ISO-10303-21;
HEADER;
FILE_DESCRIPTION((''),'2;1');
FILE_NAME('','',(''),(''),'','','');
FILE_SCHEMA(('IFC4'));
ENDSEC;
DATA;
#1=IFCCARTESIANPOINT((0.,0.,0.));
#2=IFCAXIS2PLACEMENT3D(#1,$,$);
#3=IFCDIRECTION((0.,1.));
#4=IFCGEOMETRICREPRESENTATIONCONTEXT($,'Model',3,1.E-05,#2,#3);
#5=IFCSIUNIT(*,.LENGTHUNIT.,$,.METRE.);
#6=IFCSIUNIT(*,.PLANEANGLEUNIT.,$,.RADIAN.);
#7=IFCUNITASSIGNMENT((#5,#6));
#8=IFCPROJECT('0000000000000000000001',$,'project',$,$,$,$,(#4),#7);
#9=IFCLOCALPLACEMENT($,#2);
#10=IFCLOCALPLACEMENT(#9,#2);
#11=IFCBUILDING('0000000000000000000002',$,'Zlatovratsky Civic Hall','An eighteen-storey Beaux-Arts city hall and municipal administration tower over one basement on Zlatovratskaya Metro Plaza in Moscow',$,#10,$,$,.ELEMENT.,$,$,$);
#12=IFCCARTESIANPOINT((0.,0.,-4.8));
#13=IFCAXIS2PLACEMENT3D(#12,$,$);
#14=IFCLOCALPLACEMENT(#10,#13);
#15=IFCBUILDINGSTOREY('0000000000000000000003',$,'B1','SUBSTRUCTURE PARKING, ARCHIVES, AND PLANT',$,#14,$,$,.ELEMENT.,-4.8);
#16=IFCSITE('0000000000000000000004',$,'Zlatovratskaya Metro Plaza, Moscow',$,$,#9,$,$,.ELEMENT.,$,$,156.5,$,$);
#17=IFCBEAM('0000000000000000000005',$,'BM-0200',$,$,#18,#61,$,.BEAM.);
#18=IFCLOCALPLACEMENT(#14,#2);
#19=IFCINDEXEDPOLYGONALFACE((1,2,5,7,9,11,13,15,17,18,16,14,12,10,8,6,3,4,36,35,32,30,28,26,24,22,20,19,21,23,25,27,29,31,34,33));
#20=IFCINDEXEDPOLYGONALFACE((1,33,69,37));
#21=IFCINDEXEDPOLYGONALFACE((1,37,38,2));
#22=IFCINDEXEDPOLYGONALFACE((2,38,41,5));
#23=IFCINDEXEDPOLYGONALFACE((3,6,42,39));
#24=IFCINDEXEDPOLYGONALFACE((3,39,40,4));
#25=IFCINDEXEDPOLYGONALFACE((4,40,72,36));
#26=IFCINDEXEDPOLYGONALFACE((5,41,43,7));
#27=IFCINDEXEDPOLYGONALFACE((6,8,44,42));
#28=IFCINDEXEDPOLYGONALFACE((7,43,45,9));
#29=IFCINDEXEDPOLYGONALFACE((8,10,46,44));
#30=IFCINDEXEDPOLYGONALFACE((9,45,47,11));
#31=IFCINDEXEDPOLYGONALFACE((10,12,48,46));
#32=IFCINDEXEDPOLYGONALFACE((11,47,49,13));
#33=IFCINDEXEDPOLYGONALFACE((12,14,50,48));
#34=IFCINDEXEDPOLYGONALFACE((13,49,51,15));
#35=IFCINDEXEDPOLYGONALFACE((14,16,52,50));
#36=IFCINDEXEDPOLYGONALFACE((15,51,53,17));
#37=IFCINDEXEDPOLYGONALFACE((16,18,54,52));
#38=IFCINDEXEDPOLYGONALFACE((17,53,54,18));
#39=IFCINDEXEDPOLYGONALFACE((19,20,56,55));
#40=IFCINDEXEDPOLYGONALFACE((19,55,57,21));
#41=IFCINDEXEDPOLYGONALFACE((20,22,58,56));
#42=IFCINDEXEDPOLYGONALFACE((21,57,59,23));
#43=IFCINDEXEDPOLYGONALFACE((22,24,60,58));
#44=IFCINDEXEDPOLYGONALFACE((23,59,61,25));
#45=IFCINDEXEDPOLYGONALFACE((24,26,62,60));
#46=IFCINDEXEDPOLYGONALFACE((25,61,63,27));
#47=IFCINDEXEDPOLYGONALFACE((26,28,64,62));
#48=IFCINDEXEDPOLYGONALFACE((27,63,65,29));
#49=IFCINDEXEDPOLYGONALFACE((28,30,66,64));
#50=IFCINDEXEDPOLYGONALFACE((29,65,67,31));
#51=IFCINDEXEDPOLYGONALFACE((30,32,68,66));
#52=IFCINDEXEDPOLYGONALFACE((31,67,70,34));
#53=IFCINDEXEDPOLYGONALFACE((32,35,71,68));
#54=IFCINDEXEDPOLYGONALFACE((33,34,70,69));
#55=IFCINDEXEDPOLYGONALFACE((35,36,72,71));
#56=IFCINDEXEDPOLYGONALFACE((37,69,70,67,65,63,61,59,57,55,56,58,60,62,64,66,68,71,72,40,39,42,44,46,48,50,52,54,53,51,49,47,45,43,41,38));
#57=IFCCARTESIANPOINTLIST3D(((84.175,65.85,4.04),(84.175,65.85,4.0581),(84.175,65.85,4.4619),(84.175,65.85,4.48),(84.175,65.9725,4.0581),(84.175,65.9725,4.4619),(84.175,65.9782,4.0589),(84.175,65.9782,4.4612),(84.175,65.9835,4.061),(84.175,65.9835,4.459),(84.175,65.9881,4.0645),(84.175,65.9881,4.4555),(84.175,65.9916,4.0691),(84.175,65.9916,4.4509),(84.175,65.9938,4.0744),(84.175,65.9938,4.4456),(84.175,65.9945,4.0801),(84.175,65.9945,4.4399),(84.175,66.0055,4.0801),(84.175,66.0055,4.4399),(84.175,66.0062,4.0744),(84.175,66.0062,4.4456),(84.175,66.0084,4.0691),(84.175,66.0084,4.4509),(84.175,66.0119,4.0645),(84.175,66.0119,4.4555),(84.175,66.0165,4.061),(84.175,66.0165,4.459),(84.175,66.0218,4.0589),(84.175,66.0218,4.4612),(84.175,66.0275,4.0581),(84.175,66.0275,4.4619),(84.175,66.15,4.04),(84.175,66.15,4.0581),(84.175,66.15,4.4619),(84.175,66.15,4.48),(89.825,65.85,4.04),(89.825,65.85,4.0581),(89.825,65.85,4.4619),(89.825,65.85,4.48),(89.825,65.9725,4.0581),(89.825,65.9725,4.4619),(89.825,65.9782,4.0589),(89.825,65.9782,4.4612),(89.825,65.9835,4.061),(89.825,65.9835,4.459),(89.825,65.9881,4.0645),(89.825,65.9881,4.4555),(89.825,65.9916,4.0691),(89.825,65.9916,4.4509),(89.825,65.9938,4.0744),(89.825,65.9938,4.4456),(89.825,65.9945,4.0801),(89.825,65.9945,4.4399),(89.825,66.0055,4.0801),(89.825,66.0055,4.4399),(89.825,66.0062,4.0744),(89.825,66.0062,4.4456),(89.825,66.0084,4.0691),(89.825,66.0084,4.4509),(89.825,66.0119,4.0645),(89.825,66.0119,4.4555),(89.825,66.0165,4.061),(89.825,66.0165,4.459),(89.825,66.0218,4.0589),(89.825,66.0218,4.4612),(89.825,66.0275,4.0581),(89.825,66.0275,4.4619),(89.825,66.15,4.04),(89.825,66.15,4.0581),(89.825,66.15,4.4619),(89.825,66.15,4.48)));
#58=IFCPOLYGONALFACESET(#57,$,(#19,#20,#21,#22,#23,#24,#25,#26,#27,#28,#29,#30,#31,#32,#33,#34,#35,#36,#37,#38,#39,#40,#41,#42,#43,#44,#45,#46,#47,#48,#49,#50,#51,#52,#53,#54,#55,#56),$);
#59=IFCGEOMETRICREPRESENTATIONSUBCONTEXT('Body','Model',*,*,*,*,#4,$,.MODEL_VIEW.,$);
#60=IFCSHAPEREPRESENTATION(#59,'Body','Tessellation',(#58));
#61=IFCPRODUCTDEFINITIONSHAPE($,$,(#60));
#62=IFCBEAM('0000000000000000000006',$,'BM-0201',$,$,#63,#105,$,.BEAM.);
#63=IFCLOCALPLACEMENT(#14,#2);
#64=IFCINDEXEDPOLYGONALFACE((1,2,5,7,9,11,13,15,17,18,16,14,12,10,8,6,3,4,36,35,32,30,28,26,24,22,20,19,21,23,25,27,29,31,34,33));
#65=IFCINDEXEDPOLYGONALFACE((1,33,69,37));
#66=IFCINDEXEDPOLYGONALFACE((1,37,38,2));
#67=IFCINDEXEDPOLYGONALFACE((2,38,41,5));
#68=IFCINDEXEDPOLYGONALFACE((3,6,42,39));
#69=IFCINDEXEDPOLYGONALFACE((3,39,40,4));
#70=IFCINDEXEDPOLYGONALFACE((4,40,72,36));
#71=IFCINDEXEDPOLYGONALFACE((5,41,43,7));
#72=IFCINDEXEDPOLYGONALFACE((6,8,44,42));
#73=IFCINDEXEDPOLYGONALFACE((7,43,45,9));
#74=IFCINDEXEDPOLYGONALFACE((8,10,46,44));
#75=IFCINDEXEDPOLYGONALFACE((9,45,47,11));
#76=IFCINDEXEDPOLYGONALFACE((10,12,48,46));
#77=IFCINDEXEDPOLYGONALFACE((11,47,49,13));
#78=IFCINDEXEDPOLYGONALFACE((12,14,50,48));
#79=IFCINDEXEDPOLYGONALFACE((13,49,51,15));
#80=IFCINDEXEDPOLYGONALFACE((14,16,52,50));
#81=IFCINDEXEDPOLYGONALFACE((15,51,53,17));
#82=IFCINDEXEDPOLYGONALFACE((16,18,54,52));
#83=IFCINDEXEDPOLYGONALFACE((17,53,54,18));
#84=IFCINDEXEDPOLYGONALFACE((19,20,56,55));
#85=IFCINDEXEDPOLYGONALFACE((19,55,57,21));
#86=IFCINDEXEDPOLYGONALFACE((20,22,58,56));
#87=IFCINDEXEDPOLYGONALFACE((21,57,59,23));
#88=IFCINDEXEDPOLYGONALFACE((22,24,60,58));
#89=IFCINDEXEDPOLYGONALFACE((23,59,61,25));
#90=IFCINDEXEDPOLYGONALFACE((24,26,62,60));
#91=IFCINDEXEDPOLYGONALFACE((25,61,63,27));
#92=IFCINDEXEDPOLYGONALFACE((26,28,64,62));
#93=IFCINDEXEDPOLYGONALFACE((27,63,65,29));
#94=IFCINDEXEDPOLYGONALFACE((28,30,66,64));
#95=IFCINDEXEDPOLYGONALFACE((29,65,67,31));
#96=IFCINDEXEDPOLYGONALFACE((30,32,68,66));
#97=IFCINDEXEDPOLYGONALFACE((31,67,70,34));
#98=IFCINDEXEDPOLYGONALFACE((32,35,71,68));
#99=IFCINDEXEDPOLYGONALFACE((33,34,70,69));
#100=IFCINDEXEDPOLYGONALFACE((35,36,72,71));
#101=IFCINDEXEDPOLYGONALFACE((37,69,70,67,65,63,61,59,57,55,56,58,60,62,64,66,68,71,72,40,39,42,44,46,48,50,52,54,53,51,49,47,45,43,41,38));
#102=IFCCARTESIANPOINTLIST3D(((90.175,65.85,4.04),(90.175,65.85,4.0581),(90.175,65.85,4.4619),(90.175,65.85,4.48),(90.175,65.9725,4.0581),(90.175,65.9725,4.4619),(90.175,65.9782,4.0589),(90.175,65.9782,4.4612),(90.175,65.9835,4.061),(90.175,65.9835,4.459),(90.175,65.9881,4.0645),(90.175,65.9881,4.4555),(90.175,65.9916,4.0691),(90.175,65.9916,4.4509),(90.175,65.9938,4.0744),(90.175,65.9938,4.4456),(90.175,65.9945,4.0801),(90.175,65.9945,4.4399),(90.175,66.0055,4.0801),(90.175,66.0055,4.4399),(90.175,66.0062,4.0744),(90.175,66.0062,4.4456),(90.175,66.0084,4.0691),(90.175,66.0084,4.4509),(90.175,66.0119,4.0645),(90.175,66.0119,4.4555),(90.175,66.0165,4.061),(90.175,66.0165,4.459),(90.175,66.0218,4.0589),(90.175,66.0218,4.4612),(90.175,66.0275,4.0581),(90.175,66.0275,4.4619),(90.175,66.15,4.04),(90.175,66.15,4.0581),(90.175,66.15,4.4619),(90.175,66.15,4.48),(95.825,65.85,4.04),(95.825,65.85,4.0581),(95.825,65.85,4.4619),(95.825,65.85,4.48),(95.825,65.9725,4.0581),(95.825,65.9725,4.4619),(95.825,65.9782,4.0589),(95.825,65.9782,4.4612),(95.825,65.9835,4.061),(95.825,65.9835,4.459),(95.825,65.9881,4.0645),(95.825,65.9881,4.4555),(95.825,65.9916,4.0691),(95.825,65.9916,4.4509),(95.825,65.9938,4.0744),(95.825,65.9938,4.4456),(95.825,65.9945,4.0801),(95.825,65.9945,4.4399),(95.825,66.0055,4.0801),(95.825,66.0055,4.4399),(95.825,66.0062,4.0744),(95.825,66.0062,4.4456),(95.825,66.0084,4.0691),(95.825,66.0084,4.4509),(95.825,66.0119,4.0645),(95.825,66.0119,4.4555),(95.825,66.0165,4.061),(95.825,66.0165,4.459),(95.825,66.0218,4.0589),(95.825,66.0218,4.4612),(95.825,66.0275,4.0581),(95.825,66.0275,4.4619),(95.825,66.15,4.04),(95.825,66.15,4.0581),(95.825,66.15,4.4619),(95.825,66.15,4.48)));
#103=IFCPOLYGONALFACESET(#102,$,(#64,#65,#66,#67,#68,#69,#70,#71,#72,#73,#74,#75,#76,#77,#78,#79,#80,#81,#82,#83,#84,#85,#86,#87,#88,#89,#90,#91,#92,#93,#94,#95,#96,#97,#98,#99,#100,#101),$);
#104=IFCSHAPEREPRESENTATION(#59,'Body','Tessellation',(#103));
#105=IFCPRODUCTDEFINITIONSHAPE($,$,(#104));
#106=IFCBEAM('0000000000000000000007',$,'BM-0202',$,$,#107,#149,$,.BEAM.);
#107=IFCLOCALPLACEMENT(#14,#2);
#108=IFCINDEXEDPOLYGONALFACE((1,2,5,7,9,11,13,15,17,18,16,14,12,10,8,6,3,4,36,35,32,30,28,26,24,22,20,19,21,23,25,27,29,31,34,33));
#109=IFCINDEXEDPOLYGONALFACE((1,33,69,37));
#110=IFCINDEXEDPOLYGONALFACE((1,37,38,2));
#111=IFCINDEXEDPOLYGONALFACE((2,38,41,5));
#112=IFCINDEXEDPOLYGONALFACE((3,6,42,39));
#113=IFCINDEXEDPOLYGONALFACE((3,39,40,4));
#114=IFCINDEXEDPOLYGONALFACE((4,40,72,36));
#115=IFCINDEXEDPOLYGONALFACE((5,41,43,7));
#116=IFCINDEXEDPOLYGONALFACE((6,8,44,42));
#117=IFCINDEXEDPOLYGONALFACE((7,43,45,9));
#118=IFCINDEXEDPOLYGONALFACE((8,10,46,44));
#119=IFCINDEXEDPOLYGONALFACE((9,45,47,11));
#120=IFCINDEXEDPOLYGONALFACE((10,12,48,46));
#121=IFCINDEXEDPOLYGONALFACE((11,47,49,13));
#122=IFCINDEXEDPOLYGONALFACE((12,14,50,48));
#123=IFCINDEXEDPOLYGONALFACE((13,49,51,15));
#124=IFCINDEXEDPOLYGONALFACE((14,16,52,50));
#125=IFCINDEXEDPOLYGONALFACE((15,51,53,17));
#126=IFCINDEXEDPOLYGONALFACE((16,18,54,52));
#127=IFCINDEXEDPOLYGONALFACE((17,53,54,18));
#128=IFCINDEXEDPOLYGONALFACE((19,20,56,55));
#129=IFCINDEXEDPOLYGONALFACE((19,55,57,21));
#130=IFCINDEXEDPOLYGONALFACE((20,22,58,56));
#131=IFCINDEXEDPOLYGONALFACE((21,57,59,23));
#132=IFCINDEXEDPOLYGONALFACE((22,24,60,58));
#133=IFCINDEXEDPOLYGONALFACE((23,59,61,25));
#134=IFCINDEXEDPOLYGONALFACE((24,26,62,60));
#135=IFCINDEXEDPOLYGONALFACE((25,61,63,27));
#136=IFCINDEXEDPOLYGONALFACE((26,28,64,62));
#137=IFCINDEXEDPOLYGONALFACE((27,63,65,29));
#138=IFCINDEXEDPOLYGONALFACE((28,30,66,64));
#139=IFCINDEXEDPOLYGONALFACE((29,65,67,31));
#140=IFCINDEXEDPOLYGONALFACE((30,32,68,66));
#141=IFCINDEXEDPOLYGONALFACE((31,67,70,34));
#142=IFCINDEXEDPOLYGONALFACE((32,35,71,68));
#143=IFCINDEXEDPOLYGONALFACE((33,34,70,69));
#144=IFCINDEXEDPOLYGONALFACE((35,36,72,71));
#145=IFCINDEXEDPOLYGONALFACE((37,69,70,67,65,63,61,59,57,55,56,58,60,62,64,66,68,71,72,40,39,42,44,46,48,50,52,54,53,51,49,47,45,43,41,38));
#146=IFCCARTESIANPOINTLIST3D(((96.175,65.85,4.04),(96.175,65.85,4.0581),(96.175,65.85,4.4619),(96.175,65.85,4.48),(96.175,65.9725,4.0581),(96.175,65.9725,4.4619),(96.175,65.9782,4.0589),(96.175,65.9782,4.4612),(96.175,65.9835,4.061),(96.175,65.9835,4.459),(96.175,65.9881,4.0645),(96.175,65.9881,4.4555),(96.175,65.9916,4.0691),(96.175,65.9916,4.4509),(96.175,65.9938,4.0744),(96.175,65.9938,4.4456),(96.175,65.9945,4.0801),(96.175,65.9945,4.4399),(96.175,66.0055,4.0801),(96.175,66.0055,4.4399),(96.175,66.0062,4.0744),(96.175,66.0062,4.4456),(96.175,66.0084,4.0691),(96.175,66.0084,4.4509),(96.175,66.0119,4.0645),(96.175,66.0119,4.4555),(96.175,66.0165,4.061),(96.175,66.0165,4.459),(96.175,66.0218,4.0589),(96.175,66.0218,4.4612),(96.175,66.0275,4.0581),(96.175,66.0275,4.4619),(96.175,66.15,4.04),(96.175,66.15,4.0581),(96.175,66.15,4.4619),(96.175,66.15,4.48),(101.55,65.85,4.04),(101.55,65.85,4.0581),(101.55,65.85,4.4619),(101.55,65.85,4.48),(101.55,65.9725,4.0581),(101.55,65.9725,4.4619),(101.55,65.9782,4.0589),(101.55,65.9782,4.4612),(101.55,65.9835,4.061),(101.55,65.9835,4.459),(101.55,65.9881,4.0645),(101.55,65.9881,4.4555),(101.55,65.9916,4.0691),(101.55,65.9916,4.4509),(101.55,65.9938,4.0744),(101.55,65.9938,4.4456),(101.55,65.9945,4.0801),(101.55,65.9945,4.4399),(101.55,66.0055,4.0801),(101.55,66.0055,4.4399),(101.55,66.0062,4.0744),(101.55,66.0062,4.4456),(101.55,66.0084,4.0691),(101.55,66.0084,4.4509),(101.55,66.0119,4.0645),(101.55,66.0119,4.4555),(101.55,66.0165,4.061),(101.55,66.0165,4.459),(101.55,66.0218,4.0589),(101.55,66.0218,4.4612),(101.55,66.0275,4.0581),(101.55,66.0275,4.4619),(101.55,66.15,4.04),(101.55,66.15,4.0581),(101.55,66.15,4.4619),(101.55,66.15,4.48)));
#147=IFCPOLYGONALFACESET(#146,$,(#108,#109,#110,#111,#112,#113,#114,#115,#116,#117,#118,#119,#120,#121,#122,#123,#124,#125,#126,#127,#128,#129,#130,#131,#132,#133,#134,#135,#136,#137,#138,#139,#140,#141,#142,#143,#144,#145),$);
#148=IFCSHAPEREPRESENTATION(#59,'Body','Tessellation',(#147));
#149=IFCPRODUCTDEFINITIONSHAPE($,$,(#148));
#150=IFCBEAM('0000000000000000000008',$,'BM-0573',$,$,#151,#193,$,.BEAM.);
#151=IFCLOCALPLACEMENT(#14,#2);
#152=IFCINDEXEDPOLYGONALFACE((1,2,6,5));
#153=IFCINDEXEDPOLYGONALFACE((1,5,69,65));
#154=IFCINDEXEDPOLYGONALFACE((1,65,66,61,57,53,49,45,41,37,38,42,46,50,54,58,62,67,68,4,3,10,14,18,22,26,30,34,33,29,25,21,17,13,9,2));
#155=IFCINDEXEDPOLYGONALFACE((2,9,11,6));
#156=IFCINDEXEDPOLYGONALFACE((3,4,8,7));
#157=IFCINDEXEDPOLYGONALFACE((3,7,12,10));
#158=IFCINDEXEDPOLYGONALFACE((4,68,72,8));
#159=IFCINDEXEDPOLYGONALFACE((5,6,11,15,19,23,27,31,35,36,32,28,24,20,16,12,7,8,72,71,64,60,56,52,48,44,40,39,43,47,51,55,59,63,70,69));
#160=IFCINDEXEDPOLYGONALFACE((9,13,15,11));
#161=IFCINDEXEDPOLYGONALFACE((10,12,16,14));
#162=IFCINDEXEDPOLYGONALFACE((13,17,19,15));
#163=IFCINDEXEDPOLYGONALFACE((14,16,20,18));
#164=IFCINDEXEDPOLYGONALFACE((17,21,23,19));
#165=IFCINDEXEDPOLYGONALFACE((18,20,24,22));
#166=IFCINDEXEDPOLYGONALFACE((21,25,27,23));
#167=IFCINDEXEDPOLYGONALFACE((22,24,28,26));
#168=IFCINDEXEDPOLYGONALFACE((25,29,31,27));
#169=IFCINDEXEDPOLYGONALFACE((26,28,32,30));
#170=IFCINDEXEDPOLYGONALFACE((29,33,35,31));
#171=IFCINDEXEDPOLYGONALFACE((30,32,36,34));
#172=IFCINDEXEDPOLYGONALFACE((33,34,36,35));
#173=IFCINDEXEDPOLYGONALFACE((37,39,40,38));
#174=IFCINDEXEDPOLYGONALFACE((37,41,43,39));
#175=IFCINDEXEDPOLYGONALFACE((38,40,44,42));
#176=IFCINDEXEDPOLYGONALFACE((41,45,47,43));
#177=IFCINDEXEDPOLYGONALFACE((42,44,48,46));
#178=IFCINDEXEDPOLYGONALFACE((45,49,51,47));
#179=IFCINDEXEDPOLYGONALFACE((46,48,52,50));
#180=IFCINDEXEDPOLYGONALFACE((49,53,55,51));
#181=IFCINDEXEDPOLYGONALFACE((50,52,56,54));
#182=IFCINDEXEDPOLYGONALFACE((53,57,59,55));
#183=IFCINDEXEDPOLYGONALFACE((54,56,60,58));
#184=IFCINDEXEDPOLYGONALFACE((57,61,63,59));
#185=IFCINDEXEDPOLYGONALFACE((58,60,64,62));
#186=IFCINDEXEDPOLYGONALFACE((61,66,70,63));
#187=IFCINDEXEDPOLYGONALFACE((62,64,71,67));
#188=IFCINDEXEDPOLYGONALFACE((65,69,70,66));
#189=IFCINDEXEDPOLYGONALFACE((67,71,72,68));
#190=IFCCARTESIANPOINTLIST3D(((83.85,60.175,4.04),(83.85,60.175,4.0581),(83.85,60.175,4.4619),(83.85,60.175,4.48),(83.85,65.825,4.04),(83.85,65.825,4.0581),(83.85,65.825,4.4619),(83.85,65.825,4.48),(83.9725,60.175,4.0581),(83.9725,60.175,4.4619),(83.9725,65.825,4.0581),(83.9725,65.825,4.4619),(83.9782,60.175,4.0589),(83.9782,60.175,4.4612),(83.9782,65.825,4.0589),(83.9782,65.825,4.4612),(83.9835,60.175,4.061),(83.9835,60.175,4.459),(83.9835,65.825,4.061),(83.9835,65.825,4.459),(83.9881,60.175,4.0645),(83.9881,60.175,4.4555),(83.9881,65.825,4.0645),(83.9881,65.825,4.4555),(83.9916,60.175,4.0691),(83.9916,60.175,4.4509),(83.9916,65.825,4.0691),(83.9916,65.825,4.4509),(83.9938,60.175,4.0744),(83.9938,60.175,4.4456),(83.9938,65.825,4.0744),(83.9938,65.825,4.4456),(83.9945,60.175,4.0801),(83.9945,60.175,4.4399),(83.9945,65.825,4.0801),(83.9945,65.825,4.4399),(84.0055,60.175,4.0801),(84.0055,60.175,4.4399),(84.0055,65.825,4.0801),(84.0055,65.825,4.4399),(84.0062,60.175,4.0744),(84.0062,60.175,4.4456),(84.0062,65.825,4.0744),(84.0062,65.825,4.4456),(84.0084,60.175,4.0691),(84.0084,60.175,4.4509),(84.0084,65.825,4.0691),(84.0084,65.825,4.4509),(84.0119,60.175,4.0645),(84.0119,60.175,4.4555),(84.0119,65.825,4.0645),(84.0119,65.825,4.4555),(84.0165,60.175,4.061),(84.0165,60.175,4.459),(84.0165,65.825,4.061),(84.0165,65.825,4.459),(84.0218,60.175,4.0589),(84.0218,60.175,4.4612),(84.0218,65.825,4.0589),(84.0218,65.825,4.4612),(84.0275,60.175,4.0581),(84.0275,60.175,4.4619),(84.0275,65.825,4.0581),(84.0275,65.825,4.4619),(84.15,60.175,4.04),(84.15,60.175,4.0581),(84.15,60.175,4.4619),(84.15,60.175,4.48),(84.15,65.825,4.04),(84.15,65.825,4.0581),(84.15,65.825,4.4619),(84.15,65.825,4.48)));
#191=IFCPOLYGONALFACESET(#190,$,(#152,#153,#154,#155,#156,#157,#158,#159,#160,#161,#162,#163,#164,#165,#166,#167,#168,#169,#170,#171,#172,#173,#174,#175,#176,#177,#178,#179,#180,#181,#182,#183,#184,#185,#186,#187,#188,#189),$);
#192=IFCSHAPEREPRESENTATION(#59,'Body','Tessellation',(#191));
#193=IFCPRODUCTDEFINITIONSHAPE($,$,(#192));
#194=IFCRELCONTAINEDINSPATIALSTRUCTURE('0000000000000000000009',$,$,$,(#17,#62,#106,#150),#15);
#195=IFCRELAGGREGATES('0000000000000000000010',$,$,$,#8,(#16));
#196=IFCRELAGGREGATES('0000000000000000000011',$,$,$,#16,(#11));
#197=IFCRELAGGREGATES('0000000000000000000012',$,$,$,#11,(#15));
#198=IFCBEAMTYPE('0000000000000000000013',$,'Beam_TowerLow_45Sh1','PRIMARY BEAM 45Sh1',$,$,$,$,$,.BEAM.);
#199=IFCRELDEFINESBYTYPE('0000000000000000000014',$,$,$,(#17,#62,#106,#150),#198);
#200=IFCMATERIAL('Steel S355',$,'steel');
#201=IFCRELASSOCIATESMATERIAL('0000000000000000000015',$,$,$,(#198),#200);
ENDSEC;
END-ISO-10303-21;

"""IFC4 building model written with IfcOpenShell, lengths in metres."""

from ifc_helpers import new_model, si_unit, direction, frame, origin, origin_2d, place, context, subcontext, project, spatial, i_section, extrude, material, material_profile, profile_set, type_object, element, save


model = new_model("IFC4")

# Units and contexts
model_context = context("Model", 3, precision=1e-05, world=origin(), true_north=direction((0.0, 1.0)))
body_context = subcontext(model_context, "Body", "Model", "MODEL_VIEW")
ifc_project = project(units=[si_unit("LENGTHUNIT", "METRE"), si_unit("PLANEANGLEUNIT", "RADIAN")], contexts=[model_context])

# Site, building, storey
site_placement = place(None, origin())
site = spatial("IfcSite", under=ifc_project, at=site_placement, Name="Zlatovratskaya Metro Plaza, Moscow", CompositionType="ELEMENT", RefElevation=156.5)
building_placement = place(site_placement, origin())
building = spatial("IfcBuilding", under=site, at=building_placement, Name="Zlatovratsky Civic Hall", Description="An eighteen-storey Beaux-Arts city hall and municipal administration tower over one basement on Zlatovratskaya Metro Plaza in Moscow", CompositionType="ELEMENT")
storey_placement = place(building_placement, frame((0.0, 0.0, -4.8)))
storey = spatial("IfcBuildingStorey", under=building, at=storey_placement, Name="B1", Description="SUBSTRUCTURE PARKING, ARCHIVES, AND PLANT", CompositionType="ELEMENT", Elevation=-4.8)

# Shared definitions
ifc_material_1 = material(Name="Steel S355", Category="steel")

# Beams
ifc_material_profile_1 = material_profile(ifc_material_1, i_section(OverallWidth=0.3, OverallDepth=0.4399, WebThickness=0.011, FlangeThickness=0.0181, FilletRadius=0.022, at=origin_2d()), Name="45Sh1")
ifc_profile_set_1 = profile_set([ifc_material_profile_1], Name="Steel S355")
beam_type = type_object("IfcBeamType", Name="Beam_TowerLow_45Sh1", Description="PRIMARY BEAM 45Sh1", PredefinedType="BEAM", material=ifc_profile_set_1)
for number, where, z_axis, x_axis, name in (
    (1, (84.175, 66.0, 4.26), (1.0, 0.0, 0.0), (0.0, 1.0, 0.0), "BM-0200"),
    (2, (90.175, 66.0, 4.26), (1.0, 0.0, 0.0), (0.0, 1.0, 0.0), "BM-0201"),
):
    element("IfcBeam", number, at=place(storey_placement, frame(where, z_axis=z_axis, x_axis=x_axis)), inside=storey, type_object=beam_type, Name=name, PredefinedType="BEAM", context=body_context, shape_type="SweptSolid", body=[
        extrude(i_section(OverallWidth=0.3, OverallDepth=0.4399, WebThickness=0.011, FlangeThickness=0.0181, FilletRadius=0.022, at=origin_2d()), origin(), (0.0, 0.0, 1.0), 5.6499),
    ])
beam_1_placement = place(storey_placement, frame((96.175, 66.0, 4.26), z_axis=(1.0, 0.0, 0.0), x_axis=(0.0, 1.0, 0.0)))
element("IfcBeam", 3, at=beam_1_placement, inside=storey, type_object=beam_type, Name="BM-0202", PredefinedType="BEAM", context=body_context, shape_type="SweptSolid", body=[
    extrude(i_section(OverallWidth=0.3, OverallDepth=0.4399, WebThickness=0.011, FlangeThickness=0.0181, FilletRadius=0.022, at=origin_2d()), origin(), (0.0, 0.0, 1.0), 5.375),
])
for number, where, z_axis, x_axis, name in (
    (4, (84.0, 60.175, 4.26), (0.0, 1.0, 0.0), (-1.0, 0.0, 0.0), "BM-0573"),
):
    element("IfcBeam", number, at=place(storey_placement, frame(where, z_axis=z_axis, x_axis=x_axis)), inside=storey, type_object=beam_type, Name=name, PredefinedType="BEAM", context=body_context, shape_type="SweptSolid", body=[
        extrude(i_section(OverallWidth=0.3, OverallDepth=0.4399, WebThickness=0.011, FlangeThickness=0.0181, FilletRadius=0.022, at=origin_2d()), origin(), (0.0, 0.0, 1.0), 5.6499),
    ])

save(model, "model.ifc")
